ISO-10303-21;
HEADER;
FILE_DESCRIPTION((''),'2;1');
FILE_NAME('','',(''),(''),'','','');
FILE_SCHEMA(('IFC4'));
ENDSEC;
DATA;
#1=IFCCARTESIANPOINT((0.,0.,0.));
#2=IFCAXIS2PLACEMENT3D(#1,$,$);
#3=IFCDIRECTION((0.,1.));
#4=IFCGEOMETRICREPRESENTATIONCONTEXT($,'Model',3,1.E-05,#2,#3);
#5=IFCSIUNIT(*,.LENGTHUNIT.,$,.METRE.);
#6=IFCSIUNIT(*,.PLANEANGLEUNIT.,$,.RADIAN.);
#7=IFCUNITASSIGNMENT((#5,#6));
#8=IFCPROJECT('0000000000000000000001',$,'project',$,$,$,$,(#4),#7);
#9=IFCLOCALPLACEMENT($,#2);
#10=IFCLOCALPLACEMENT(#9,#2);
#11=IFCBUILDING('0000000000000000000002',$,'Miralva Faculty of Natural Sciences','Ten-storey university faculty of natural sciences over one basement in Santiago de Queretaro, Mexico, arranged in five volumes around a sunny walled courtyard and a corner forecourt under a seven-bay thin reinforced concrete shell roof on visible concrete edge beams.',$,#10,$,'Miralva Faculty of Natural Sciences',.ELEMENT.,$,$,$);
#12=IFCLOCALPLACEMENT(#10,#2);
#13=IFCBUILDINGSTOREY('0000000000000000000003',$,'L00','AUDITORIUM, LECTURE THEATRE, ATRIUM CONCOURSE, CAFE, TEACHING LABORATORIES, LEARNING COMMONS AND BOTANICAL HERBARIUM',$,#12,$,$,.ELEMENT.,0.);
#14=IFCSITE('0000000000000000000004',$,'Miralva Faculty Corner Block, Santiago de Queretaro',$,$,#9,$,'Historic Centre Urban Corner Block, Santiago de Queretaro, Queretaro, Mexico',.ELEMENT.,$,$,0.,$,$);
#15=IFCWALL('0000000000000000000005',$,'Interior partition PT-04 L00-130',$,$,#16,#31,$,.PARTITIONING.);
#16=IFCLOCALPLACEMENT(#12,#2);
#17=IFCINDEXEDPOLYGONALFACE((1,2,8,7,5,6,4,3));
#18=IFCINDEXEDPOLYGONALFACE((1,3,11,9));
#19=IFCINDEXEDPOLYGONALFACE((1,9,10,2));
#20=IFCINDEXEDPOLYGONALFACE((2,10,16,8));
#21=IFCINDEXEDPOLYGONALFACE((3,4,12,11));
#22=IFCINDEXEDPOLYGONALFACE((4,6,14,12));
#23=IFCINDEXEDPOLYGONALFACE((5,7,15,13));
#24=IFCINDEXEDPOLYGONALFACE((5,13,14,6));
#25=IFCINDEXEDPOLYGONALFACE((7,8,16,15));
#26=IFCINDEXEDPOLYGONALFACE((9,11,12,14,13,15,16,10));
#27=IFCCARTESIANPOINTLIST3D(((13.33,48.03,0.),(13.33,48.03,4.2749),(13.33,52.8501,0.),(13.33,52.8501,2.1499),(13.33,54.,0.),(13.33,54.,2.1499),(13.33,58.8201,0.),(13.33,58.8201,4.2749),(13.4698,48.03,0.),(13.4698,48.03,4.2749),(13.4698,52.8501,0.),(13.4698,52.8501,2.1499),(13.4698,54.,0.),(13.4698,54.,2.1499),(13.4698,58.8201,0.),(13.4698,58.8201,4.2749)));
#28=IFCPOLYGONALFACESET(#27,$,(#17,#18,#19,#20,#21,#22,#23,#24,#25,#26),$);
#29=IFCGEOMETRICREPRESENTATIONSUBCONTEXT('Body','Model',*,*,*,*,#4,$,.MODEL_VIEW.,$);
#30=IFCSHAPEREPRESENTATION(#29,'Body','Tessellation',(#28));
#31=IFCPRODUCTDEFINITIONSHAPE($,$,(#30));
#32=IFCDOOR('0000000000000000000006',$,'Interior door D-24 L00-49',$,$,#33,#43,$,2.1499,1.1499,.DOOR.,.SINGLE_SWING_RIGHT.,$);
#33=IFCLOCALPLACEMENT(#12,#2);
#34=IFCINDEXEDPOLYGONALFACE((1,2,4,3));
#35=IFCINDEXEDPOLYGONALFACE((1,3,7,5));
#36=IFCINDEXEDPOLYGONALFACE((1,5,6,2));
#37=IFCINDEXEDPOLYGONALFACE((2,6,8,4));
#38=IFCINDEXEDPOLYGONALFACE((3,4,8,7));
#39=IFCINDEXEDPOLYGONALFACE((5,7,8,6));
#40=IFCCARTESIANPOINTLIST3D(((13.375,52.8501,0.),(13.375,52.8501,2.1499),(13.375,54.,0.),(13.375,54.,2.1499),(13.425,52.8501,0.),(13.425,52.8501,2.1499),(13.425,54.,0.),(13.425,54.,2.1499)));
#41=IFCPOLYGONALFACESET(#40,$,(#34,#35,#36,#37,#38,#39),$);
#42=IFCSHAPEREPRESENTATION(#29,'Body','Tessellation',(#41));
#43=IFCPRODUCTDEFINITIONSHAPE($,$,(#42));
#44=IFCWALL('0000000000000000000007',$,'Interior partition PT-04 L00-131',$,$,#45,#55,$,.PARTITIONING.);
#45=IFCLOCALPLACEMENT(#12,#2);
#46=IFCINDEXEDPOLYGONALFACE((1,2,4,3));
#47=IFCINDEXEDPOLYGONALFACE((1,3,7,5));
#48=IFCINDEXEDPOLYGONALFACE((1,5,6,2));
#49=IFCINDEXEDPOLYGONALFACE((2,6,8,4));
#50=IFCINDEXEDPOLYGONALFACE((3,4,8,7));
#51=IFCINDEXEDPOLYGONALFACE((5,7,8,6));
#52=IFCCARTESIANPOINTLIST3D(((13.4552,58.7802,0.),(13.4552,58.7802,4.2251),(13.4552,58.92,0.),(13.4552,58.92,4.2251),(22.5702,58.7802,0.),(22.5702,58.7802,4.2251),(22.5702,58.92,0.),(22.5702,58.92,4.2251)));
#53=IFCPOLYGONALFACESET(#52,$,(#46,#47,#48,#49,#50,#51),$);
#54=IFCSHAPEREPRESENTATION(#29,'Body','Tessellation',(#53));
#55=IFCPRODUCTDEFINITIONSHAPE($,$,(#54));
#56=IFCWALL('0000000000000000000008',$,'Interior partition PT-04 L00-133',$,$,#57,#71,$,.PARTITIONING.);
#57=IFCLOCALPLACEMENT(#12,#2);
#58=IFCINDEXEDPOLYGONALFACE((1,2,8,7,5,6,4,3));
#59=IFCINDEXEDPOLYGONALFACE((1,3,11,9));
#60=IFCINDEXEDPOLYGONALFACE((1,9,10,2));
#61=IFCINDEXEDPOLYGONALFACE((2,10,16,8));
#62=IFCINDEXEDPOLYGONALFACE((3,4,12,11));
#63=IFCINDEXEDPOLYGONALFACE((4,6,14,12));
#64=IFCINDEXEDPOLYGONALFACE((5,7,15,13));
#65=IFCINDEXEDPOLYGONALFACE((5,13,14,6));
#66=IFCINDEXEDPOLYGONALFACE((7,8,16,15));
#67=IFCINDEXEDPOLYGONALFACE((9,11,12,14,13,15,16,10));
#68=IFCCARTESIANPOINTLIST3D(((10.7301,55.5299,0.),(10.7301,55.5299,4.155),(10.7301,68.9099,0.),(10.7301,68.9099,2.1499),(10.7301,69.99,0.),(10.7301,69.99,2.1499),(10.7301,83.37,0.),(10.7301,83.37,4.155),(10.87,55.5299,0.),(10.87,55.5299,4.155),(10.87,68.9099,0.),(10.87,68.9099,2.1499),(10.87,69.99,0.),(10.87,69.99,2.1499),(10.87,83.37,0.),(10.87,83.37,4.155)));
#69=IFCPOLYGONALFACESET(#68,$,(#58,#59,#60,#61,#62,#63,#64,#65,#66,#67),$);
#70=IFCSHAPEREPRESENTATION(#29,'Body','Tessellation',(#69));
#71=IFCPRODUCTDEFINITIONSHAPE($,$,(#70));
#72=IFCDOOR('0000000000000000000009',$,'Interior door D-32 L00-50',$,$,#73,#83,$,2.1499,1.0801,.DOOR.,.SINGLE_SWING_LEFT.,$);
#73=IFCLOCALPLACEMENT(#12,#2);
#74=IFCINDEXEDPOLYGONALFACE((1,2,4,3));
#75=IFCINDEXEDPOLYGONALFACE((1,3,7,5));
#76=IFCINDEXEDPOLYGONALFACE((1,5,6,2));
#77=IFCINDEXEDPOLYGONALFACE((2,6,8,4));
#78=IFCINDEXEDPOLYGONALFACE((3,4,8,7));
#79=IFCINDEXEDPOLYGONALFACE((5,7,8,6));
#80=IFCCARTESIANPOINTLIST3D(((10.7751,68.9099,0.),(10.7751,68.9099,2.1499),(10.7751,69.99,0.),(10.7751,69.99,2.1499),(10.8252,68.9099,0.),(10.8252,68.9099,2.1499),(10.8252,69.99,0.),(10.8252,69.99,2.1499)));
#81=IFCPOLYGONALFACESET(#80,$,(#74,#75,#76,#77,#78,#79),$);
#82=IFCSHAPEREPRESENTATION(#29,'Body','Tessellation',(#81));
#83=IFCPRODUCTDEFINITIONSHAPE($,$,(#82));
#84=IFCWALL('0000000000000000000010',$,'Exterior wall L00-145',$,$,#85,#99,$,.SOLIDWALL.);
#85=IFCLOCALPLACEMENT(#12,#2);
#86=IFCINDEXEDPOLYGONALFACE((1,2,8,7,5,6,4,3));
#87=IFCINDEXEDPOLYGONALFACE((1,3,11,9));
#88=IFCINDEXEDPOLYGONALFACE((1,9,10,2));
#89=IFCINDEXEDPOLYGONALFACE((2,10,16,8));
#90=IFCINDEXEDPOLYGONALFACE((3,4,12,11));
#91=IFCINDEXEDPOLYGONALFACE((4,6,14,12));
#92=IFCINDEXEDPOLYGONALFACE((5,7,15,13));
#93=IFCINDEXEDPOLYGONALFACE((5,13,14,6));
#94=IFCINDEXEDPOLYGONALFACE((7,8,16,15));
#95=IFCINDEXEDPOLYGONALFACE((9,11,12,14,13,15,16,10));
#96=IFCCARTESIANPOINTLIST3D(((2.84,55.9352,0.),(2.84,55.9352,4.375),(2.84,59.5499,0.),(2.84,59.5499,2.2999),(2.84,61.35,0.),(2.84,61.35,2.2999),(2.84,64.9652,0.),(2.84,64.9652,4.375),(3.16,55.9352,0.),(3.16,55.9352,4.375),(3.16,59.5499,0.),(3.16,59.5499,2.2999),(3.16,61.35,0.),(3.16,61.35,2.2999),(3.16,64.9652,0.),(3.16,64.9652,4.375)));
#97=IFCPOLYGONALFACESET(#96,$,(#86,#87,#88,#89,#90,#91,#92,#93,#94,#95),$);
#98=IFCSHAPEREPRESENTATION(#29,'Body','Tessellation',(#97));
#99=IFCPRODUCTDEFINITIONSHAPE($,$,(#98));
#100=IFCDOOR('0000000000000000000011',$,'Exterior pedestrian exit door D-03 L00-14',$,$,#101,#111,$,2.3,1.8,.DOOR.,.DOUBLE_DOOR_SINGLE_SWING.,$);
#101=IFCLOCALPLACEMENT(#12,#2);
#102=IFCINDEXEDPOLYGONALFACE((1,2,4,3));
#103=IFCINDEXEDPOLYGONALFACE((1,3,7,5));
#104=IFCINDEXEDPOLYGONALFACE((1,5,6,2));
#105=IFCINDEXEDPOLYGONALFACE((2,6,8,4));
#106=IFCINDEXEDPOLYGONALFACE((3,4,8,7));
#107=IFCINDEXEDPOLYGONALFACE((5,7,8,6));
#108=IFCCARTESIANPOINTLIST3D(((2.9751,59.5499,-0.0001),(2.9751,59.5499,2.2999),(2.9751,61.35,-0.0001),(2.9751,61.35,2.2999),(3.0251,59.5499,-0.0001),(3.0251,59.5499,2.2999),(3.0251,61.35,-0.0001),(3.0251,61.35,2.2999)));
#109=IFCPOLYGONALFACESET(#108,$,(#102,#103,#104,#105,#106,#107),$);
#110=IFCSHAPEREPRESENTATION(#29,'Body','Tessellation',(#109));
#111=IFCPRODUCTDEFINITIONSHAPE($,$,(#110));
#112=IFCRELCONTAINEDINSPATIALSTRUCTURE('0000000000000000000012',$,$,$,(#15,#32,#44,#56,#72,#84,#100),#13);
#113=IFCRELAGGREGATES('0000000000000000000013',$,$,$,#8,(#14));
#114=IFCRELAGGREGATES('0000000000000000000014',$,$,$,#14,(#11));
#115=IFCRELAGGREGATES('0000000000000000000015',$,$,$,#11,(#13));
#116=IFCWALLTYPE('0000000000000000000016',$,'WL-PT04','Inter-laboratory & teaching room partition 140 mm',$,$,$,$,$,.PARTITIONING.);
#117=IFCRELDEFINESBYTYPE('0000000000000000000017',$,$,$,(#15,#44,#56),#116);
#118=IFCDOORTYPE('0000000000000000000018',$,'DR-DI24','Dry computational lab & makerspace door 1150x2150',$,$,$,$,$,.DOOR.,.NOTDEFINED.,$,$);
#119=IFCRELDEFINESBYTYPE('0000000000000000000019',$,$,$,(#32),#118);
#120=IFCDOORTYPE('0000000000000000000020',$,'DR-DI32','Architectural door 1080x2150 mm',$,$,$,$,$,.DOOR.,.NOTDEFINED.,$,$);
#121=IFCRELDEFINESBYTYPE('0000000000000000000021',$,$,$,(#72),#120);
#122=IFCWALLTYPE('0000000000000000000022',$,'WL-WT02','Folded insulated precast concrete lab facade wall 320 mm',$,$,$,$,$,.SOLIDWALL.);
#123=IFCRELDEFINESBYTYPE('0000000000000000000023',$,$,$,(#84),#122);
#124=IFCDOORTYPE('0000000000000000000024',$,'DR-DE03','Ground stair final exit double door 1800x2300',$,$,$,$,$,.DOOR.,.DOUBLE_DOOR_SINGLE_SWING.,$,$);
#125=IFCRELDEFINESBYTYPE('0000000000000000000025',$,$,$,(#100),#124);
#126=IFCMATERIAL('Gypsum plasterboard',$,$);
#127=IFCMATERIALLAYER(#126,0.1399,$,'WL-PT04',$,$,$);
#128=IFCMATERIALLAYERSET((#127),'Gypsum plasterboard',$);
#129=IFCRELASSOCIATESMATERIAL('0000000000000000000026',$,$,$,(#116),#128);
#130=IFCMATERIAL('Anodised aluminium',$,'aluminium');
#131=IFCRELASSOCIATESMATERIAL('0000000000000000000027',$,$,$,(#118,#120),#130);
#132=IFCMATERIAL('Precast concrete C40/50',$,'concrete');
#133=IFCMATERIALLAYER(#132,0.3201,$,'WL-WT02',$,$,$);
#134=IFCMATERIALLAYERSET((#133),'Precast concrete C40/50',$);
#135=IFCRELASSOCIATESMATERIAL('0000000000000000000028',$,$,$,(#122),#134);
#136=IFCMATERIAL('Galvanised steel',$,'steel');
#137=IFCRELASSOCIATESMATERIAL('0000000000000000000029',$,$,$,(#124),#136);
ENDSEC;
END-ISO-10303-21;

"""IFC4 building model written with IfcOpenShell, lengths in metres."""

from ifc_helpers import new_model, si_unit, direction, frame, frame_2d, origin, place, context, subcontext, project, spatial, rectangle, extrude, material, layer, layer_set, type_object, element, fill, save


model = new_model("IFC4")

# Units and contexts
model_context = context("Model", 3, precision=1e-05, world=origin(), true_north=direction((0.0, 1.0)))
body_context = subcontext(model_context, "Body", "Model", "MODEL_VIEW")
ifc_project = project(units=[si_unit("LENGTHUNIT", "METRE"), si_unit("PLANEANGLEUNIT", "RADIAN")], contexts=[model_context])

# Site, building, storey
site_placement = place(None, origin())
site = spatial("IfcSite", under=ifc_project, at=site_placement, Name="Miralva Faculty Corner Block, Santiago de Queretaro", LongName="Historic Centre Urban Corner Block, Santiago de Queretaro, Queretaro, Mexico", CompositionType="ELEMENT", RefElevation=0.0)
building_placement = place(site_placement, origin())
building = spatial("IfcBuilding", under=site, at=building_placement, Name="Miralva Faculty of Natural Sciences", Description="Ten-storey university faculty of natural sciences over one basement in Santiago de Queretaro, Mexico, arranged in five volumes around a sunny walled courtyard and a corner forecourt under a seven-bay thin reinforced concrete shell roof on visible concrete edge beams.", LongName="Miralva Faculty of Natural Sciences", CompositionType="ELEMENT")
storey_placement = place(building_placement, origin())
storey = spatial("IfcBuildingStorey", under=building, at=storey_placement, Name="L00", Description="AUDITORIUM, LECTURE THEATRE, ATRIUM CONCOURSE, CAFE, TEACHING LABORATORIES, LEARNING COMMONS AND BOTANICAL HERBARIUM", CompositionType="ELEMENT", Elevation=0.0)

# Shared definitions
ifc_material_1 = material(Name="Gypsum plasterboard")
ifc_layer_1 = layer(ifc_material_1, 0.1399, Name="WL-PT04")
ifc_layer_set_1 = layer_set([ifc_layer_1], Name="Gypsum plasterboard")
wall_type_1 = type_object("IfcWallType", Name="WL-PT04", Description="Inter-laboratory & teaching room partition 140 mm", PredefinedType="PARTITIONING", material=ifc_layer_set_1)

# Wall, opening, door
wall_1_placement = place(storey_placement, frame((13.3999, 48.03, 0.0), z_axis=(0.0, 0.0, 1.0), x_axis=(0.0, 1.0, 0.0)))
wall_1 = element("IfcWall", 1, at=wall_1_placement, inside=storey, type_object=wall_type_1, Name="Interior partition PT-04 L00-130", PredefinedType="PARTITIONING", context=body_context, shape_type="SweptSolid", body=[
    extrude(rectangle(XDim=10.79, YDim=0.1399, at=frame_2d((5.395, 0.0))), origin(), (0.0, 0.0, 1.0), 4.2749),
])
opening_1_placement = place(wall_1_placement, frame((4.8201, 0.0, 0.0)))
opening_1 = element("IfcOpeningElement", 2, at=opening_1_placement, cuts=wall_1, PredefinedType="OPENING", context=body_context, shape_type="SweptSolid", body=[
    extrude(rectangle(XDim=1.1499, YDim=2.1499, at=frame_2d((0.575, 1.075))), frame((0.0, 0.0798, 0.0), z_axis=(0.0, -1.0, 0.0), x_axis=(1.0, 0.0, 0.0)), (0.0, 0.0, 1.0), 0.1599),
])
ifc_material_2 = material(Name="Anodised aluminium", Category="aluminium")
door_type_1 = type_object("IfcDoorType", Name="DR-DI24", Description="Dry computational lab & makerspace door 1150x2150", OperationType="NOTDEFINED", PredefinedType="DOOR", material=ifc_material_2)
door_1_placement = place(opening_1_placement, origin())
door_1 = element("IfcDoor", 3, at=door_1_placement, inside=storey, type_object=door_type_1, Name="Interior door D-24 L00-49", OperationType="SINGLE_SWING_RIGHT", OverallHeight=2.1499, OverallWidth=1.1499, PredefinedType="DOOR", context=body_context, shape_type="SweptSolid", body=[
    extrude(rectangle(XDim=1.1499, YDim=2.1499, at=frame_2d((0.575, 1.075))), frame((0.0, 0.0249, 0.0), z_axis=(0.0, -1.0, 0.0), x_axis=(1.0, 0.0, 0.0)), (0.0, 0.0, 1.0), 0.05),
])
fill(opening_1, door_1)

# Wall
wall_2_placement = place(storey_placement, frame((13.4551, 58.8501, 0.0), z_axis=(0.0, 0.0, 1.0), x_axis=(1.0, 0.0, 0.0)))
element("IfcWall", 4, at=wall_2_placement, inside=storey, type_object=wall_type_1, Name="Interior partition PT-04 L00-131", PredefinedType="PARTITIONING", context=body_context, shape_type="SweptSolid", body=[
    extrude(rectangle(XDim=9.115, YDim=0.1399, at=frame_2d((4.5576, 0.0))), origin(), (0.0, 0.0, 1.0), 4.2251),
])

# Walls, openings, doors
wall_3_placement = place(storey_placement, frame((10.8, 55.53, 0.0), z_axis=(0.0, 0.0, 1.0), x_axis=(0.0, 1.0, 0.0)))
wall_3 = element("IfcWall", 5, at=wall_3_placement, inside=storey, type_object=wall_type_1, Name="Interior partition PT-04 L00-133", PredefinedType="PARTITIONING", context=body_context, shape_type="SweptSolid", body=[
    extrude(rectangle(XDim=27.8401, YDim=0.1399, at=frame_2d((13.9199, 0.0))), origin(), (0.0, 0.0, 1.0), 4.155),
])
opening_2_placement = place(wall_3_placement, frame((13.3799, 0.0, 0.0)))
opening_2 = element("IfcOpeningElement", 6, at=opening_2_placement, cuts=wall_3, PredefinedType="OPENING", context=body_context, shape_type="SweptSolid", body=[
    extrude(rectangle(XDim=1.0801, YDim=2.1499, at=frame_2d((0.54, 1.075))), frame((0.0, 0.0798, 0.0), z_axis=(0.0, -1.0, 0.0), x_axis=(1.0, 0.0, 0.0)), (0.0, 0.0, 1.0), 0.1599),
])
door_type_2 = type_object("IfcDoorType", Name="DR-DI32", Description="Architectural door 1080x2150 mm", OperationType="NOTDEFINED", PredefinedType="DOOR", material=ifc_material_2)
door_2_placement = place(opening_2_placement, origin())
door_2 = element("IfcDoor", 7, at=door_2_placement, inside=storey, type_object=door_type_2, Name="Interior door D-32 L00-50", OperationType="SINGLE_SWING_LEFT", OverallHeight=2.1499, OverallWidth=1.0801, PredefinedType="DOOR", context=body_context, shape_type="SweptSolid", body=[
    extrude(rectangle(XDim=1.0801, YDim=2.1499, at=frame_2d((0.54, 1.075))), frame((0.0, 0.0249, 0.0), z_axis=(0.0, -1.0, 0.0), x_axis=(1.0, 0.0, 0.0)), (0.0, 0.0, 1.0), 0.05),
])
fill(opening_2, door_2)
ifc_material_3 = material(Name="Precast concrete C40/50", Category="concrete")
ifc_layer_2 = layer(ifc_material_3, 0.3201, Name="WL-WT02")
ifc_layer_set_2 = layer_set([ifc_layer_2], Name="Precast concrete C40/50")
wall_type_2 = type_object("IfcWallType", Name="WL-WT02", Description="Folded insulated precast concrete lab facade wall 320 mm", PredefinedType="SOLIDWALL", material=ifc_layer_set_2)
wall_4_placement = place(storey_placement, frame((3.0, 55.9351, 0.0), z_axis=(0.0, 0.0, 1.0), x_axis=(0.0, 1.0, 0.0)))
wall_4 = element("IfcWall", 8, at=wall_4_placement, inside=storey, type_object=wall_type_2, Name="Exterior wall L00-145", PredefinedType="SOLIDWALL", context=body_context, shape_type="SweptSolid", body=[
    extrude(rectangle(XDim=9.03, YDim=0.3201, at=frame_2d((4.5151, 0.0))), origin(), (0.0, 0.0, 1.0), 4.375),
])
opening_3_placement = place(wall_4_placement, frame((3.615, 0.0, 0.0)))
opening_3 = element("IfcOpeningElement", 9, at=opening_3_placement, cuts=wall_4, PredefinedType="OPENING", context=body_context, shape_type="SweptSolid", body=[
    extrude(rectangle(XDim=1.8, YDim=2.3, at=frame_2d((0.8999, 1.1499))), frame((0.0, 0.1699, 0.0), z_axis=(0.0, -1.0, 0.0), x_axis=(1.0, 0.0, 0.0)), (0.0, 0.0, 1.0), 0.3401),
])
ifc_material_4 = material(Name="Galvanised steel", Category="steel")
door_type_3 = type_object("IfcDoorType", Name="DR-DE03", Description="Ground stair final exit double door 1800x2300", OperationType="DOUBLE_DOOR_SINGLE_SWING", PredefinedType="DOOR", material=ifc_material_4)
door_3_placement = place(opening_3_placement, origin())
door_3 = element("IfcDoor", 10, at=door_3_placement, inside=storey, type_object=door_type_3, Name="Exterior pedestrian exit door D-03 L00-14", OperationType="DOUBLE_DOOR_SINGLE_SWING", OverallHeight=2.3, OverallWidth=1.8, PredefinedType="DOOR", context=body_context, shape_type="SweptSolid", body=[
    extrude(rectangle(XDim=1.8, YDim=2.3, at=frame_2d((0.8999, 1.1499))), frame((0.0, 0.0249, 0.0), z_axis=(0.0, -1.0, 0.0), x_axis=(1.0, 0.0, 0.0)), (0.0, 0.0, 1.0), 0.05),
])
fill(opening_3, door_3)

save(model, "model.ifc")
